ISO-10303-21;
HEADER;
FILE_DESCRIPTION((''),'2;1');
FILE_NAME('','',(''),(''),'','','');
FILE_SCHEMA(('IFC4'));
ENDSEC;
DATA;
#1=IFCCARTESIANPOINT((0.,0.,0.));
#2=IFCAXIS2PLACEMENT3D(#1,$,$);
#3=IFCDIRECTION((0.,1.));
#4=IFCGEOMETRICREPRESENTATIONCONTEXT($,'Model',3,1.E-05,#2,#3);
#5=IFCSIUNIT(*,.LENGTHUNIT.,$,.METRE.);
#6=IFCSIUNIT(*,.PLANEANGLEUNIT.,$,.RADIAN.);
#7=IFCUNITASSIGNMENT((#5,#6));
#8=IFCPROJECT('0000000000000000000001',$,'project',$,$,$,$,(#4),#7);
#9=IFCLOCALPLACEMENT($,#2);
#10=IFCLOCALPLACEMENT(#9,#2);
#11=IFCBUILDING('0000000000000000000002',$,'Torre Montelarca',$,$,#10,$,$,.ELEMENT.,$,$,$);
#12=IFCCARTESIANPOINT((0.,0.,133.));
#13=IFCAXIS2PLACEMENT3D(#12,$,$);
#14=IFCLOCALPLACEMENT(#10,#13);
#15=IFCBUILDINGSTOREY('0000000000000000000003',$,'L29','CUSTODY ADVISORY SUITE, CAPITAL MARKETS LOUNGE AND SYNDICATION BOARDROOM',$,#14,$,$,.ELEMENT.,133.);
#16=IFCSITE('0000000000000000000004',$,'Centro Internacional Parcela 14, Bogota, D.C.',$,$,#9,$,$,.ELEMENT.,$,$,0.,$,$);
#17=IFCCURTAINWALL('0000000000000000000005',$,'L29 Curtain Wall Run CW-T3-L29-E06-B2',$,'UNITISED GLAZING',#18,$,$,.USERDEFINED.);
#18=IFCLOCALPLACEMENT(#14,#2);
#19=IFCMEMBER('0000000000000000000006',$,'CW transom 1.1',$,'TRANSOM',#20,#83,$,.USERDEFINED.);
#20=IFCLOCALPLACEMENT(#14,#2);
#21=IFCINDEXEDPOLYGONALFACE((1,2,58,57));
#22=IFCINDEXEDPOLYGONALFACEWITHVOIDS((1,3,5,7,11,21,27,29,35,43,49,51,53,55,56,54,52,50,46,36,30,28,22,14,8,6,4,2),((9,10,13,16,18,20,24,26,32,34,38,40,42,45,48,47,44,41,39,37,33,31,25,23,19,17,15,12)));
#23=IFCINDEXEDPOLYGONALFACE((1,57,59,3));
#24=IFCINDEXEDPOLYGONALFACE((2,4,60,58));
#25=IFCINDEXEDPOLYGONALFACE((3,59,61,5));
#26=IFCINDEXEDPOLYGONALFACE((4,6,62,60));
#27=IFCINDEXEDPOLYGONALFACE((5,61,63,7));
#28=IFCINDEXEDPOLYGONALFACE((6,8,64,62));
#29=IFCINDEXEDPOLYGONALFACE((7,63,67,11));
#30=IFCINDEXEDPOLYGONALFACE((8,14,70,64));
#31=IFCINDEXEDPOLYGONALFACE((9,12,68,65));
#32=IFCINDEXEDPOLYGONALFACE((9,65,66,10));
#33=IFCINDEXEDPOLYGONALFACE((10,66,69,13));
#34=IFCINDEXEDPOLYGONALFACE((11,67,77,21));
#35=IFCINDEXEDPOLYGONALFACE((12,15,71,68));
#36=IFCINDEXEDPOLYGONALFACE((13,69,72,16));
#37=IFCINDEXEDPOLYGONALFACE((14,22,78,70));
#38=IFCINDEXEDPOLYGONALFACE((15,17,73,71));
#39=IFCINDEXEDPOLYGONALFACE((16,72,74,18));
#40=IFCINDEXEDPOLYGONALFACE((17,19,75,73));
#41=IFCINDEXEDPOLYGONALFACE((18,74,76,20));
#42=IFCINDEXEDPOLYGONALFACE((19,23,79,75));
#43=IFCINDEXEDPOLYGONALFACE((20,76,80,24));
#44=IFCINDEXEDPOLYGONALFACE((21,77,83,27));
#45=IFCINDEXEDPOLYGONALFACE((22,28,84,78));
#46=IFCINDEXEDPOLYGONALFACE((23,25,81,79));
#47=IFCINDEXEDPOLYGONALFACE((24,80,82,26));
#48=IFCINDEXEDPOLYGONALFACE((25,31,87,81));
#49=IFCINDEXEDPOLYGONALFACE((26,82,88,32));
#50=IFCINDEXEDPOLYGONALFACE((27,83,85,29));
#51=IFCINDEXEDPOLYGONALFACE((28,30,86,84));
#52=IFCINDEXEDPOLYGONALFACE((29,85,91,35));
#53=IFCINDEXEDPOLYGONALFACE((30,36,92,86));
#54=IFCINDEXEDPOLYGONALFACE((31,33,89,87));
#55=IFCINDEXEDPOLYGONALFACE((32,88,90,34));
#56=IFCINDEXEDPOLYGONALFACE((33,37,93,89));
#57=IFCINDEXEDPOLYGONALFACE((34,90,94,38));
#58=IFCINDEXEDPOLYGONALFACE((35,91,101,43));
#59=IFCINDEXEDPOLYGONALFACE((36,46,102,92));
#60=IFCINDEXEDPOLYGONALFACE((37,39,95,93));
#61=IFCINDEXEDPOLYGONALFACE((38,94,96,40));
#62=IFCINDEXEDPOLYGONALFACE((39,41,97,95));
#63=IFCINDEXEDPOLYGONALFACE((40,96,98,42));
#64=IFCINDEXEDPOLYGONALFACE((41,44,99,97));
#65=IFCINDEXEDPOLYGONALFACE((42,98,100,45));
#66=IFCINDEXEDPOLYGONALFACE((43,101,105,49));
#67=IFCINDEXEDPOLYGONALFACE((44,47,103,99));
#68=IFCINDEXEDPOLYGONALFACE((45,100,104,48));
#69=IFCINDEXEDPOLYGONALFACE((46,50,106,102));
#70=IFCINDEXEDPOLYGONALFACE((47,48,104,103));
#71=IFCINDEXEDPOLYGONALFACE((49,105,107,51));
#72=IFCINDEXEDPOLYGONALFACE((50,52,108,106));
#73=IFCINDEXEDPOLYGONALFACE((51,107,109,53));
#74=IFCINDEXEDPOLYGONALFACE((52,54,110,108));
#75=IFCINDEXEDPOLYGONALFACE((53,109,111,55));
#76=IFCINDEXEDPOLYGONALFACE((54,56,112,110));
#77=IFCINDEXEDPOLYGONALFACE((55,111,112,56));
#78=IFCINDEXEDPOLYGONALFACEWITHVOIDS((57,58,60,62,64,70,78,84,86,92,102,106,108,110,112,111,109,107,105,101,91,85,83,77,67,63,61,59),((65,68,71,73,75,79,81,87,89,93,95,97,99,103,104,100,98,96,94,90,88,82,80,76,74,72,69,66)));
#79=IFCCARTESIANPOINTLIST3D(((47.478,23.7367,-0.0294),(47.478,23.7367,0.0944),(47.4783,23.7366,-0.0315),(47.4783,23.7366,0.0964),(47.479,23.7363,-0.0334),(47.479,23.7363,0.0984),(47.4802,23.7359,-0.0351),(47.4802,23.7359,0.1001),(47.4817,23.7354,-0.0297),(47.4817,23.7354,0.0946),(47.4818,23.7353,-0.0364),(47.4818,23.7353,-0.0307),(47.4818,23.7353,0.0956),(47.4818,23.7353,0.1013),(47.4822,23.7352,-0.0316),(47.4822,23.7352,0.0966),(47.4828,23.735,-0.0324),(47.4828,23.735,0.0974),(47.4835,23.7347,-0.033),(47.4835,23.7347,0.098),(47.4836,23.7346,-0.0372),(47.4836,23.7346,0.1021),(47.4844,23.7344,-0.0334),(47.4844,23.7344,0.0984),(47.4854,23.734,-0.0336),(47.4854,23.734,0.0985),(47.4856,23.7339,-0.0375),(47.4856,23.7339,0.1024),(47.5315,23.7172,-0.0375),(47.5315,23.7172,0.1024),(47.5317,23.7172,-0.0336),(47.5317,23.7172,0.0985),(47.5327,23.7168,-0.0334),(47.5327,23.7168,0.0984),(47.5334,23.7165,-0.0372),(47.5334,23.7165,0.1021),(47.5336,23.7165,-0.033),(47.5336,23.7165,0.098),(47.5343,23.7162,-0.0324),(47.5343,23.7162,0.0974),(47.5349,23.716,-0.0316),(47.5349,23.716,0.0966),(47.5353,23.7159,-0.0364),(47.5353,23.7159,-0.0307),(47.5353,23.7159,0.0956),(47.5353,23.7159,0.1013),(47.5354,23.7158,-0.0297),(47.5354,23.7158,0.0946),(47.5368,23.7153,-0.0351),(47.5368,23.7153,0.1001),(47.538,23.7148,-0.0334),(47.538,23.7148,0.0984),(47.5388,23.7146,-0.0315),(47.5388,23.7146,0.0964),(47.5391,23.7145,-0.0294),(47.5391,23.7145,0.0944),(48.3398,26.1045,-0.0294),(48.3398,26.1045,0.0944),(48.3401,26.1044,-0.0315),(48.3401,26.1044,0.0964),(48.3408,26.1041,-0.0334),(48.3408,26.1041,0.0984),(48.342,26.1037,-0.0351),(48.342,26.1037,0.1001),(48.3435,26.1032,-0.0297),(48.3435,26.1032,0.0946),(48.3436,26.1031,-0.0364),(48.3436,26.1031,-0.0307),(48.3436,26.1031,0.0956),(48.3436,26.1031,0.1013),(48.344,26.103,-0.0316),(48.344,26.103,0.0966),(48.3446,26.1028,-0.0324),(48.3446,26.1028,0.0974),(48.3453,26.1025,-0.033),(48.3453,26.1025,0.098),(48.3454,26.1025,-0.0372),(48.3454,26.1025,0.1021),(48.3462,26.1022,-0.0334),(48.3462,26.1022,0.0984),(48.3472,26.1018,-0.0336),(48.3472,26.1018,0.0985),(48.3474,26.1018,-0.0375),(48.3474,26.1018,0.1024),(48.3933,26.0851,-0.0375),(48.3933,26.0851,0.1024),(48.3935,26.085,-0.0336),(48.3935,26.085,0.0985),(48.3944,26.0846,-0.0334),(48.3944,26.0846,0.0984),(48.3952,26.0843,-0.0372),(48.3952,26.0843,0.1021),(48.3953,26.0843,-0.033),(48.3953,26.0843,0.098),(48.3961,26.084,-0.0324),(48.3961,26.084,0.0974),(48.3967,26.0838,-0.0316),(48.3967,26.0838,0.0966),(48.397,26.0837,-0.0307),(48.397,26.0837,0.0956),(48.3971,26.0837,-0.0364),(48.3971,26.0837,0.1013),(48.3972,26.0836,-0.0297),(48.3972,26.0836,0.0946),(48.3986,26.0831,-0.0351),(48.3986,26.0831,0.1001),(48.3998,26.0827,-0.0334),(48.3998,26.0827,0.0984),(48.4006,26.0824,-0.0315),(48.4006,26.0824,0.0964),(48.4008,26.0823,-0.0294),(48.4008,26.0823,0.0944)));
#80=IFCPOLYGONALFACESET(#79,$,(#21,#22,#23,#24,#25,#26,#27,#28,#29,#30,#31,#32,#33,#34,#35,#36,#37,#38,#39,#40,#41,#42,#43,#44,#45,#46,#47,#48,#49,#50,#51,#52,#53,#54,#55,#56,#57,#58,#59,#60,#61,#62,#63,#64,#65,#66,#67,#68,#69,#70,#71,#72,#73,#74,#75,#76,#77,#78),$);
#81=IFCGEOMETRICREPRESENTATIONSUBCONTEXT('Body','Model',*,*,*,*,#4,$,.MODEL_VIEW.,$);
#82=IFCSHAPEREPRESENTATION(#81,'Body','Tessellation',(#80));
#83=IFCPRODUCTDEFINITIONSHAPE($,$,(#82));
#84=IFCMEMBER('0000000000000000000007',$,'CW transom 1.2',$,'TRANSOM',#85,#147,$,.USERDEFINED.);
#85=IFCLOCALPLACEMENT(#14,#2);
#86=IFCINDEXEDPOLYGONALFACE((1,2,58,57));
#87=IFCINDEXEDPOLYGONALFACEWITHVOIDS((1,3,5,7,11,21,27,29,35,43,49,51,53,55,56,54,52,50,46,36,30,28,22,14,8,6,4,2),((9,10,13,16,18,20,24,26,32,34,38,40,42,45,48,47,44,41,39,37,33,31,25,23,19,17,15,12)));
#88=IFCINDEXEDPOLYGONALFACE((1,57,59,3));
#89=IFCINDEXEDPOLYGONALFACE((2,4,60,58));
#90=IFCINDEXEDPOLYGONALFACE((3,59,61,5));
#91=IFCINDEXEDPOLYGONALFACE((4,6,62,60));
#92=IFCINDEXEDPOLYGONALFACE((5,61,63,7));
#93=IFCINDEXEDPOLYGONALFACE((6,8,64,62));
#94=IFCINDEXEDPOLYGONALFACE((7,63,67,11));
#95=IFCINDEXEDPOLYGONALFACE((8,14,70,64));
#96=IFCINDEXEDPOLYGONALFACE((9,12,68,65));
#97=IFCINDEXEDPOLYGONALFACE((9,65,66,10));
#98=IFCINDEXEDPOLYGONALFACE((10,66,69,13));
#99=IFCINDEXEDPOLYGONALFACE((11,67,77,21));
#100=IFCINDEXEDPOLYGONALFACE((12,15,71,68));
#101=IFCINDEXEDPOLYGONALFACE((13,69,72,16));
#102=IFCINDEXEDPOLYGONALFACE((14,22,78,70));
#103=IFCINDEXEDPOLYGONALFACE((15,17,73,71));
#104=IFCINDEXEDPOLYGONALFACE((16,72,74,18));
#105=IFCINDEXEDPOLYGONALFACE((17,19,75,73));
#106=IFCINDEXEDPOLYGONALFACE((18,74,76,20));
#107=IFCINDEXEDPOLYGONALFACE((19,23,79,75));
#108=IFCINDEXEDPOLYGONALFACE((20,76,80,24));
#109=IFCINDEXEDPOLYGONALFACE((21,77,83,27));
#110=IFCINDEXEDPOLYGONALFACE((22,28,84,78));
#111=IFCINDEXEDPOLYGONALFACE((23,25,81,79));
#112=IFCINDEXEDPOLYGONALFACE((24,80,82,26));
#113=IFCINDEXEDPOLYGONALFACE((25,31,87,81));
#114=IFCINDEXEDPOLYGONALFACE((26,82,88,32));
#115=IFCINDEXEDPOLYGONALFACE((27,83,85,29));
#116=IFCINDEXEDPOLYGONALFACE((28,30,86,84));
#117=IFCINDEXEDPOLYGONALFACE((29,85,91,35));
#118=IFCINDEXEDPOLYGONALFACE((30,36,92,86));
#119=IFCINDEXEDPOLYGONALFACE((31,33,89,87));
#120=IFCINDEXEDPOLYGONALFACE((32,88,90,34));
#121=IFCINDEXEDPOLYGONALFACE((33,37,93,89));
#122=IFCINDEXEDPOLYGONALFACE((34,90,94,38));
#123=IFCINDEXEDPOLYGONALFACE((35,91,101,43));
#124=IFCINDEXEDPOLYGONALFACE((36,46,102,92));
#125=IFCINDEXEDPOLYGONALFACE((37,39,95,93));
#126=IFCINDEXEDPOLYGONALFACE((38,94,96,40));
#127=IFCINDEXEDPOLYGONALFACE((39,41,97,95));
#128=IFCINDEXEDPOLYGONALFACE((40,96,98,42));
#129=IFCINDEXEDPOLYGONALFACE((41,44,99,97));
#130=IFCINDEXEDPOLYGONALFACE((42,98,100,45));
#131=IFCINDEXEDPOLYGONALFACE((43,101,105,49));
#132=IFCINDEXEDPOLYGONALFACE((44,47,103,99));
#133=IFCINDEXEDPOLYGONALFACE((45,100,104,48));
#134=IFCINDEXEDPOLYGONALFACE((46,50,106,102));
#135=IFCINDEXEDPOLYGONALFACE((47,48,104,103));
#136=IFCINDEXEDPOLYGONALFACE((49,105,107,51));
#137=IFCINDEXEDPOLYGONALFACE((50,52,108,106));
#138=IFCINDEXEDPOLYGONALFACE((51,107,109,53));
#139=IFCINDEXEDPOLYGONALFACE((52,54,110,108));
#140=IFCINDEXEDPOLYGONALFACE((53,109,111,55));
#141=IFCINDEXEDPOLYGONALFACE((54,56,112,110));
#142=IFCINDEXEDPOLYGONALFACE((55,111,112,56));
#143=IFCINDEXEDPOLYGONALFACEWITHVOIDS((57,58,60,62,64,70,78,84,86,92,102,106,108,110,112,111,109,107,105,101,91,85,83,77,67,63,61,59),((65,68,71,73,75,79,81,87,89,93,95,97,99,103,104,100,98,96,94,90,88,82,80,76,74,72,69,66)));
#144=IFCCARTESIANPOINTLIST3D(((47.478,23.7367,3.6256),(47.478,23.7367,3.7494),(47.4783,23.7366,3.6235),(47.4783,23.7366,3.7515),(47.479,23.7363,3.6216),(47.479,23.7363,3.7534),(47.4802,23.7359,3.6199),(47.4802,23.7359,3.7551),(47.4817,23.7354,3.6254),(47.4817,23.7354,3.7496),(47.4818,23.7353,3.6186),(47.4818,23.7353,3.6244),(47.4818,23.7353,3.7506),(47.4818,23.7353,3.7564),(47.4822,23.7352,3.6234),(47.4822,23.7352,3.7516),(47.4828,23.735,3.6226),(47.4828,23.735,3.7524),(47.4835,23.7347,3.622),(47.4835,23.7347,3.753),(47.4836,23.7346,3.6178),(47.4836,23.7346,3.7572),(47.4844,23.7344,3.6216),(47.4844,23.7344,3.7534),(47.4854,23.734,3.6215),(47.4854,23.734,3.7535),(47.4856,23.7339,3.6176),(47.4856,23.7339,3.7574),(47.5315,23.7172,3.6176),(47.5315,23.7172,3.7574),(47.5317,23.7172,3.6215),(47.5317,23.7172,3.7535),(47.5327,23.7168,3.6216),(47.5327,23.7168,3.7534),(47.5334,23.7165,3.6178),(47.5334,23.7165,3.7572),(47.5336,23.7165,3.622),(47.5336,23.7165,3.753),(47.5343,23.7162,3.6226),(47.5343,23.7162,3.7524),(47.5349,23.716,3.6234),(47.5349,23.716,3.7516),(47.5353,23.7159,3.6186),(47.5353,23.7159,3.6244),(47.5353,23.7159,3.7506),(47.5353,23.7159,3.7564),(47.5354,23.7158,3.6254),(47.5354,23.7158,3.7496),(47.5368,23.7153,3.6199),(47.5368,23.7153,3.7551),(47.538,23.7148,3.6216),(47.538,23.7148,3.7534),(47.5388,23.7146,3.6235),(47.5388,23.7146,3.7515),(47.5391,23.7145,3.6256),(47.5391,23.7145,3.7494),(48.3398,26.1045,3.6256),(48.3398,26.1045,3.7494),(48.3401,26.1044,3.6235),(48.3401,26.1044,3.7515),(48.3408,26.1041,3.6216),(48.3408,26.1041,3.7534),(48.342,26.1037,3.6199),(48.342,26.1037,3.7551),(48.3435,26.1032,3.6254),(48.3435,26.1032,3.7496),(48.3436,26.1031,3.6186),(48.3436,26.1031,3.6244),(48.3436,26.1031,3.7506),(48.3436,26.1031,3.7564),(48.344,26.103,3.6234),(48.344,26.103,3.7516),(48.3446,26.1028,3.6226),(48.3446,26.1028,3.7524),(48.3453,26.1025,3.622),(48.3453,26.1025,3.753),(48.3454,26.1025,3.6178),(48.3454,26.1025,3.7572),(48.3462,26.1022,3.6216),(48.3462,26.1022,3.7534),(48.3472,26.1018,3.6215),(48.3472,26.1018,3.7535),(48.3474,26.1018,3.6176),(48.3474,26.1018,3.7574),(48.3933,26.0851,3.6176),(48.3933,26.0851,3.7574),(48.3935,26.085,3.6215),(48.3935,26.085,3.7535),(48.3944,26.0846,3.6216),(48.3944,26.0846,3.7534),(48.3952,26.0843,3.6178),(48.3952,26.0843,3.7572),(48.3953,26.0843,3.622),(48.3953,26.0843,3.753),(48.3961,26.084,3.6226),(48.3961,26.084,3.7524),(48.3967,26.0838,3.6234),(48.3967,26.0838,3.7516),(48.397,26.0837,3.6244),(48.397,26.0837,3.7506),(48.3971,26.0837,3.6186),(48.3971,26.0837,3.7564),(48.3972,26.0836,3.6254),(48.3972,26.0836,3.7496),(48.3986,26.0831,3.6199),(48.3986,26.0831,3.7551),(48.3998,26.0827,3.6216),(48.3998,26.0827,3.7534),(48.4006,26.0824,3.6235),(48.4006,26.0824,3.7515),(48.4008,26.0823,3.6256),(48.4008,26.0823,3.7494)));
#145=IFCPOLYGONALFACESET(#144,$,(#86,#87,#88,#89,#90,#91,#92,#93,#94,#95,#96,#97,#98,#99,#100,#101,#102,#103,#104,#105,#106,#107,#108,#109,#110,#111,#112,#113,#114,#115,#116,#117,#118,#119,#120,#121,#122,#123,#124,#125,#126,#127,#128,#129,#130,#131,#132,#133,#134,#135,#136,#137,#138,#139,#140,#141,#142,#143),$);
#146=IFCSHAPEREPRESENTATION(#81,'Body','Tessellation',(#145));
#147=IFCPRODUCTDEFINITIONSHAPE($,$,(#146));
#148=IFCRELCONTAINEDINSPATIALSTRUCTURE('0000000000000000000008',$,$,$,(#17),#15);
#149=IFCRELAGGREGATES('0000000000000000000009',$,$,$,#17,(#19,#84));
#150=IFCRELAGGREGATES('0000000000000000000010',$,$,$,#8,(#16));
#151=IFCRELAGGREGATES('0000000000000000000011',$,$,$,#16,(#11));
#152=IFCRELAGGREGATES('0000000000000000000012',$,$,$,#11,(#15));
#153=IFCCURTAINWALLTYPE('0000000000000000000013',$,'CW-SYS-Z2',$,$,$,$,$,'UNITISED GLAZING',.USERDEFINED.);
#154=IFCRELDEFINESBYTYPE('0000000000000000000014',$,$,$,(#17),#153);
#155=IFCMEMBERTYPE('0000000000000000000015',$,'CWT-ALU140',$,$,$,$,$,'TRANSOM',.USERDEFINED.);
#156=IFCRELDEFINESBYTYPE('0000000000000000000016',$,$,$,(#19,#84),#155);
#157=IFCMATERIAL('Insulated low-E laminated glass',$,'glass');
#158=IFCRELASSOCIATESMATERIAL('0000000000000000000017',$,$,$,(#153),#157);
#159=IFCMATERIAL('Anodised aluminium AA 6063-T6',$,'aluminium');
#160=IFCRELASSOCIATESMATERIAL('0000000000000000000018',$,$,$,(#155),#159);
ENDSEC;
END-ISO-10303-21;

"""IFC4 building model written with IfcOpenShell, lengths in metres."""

from ifc_helpers import new_model, si_unit, direction, frame, origin, origin_2d, place, context, subcontext, project, spatial, hollow_rectangle, extrude, source, transform, mapped, material, material_profile, profile_set, type_object, element, aggregate, save


model = new_model("IFC4")

# Units and contexts
model_context = context("Model", 3, precision=1e-05, world=origin(), true_north=direction((0.0, 1.0)))
body_context = subcontext(model_context, "Body", "Model", "MODEL_VIEW")
ifc_project = project(units=[si_unit("LENGTHUNIT", "METRE"), si_unit("PLANEANGLEUNIT", "RADIAN")], contexts=[model_context])

# Site, building, storey
site_placement = place(None, origin())
site = spatial("IfcSite", under=ifc_project, at=site_placement, Name="Centro Internacional Parcela 14, Bogota, D.C.", CompositionType="ELEMENT", RefElevation=0.0)
building_placement = place(site_placement, origin())
building = spatial("IfcBuilding", under=site, at=building_placement, Name="Torre Montelarca", CompositionType="ELEMENT")
storey_placement = place(building_placement, frame((0.0, 0.0, 133.0)))
storey = spatial("IfcBuildingStorey", under=building, at=storey_placement, Name="L29", Description="CUSTODY ADVISORY SUITE, CAPITAL MARKETS LOUNGE AND SYNDICATION BOARDROOM", CompositionType="ELEMENT", Elevation=133.0)

# Curtain wall
ifc_material_1 = material(Name="Insulated low-E laminated glass", Category="glass")
curtain_wall_type = type_object("IfcCurtainWallType", Name="CW-SYS-Z2", ElementType="UNITISED GLAZING", PredefinedType="USERDEFINED", material=ifc_material_1)
ifc_material_2 = material(Name="Anodised aluminium AA 6063-T6", Category="aluminium")
ifc_material_profile_1 = material_profile(ifc_material_2, hollow_rectangle(XDim=0.0649, YDim=0.1399, WallThickness=0.0039, InnerFilletRadius=0.0039, OuterFilletRadius=0.0081, at=origin_2d()), Name="ALU65X140X4", Category="aluminium")
ifc_profile_set_1 = profile_set([ifc_material_profile_1], Name="Anodised aluminium AA 6063-T6")
member_type_1 = type_object("IfcMemberType", Name="CWT-ALU140", ElementType="TRANSOM", PredefinedType="USERDEFINED", material=ifc_profile_set_1)
curtain_wall_1_placement = place(storey_placement, origin())
curtain_wall_1 = element("IfcCurtainWall", 1, at=curtain_wall_1_placement, inside=storey, type_object=curtain_wall_type, Name="L29 Curtain Wall Run CW-T3-L29-E06-B2", ObjectType="UNITISED GLAZING", PredefinedType="USERDEFINED")

# Members
shared_shape_1 = source(origin(), body_context, "Body", "SweptSolid", [
    extrude(hollow_rectangle(XDim=0.0649, YDim=0.1399, WallThickness=0.0039, InnerFilletRadius=0.0039, OuterFilletRadius=0.0081, at=origin_2d()), origin(), (0.0, 0.0, 1.0), 2.5198),
])
member_1_placement = place(storey_placement, frame((47.5085, 23.7256, 0.0325), z_axis=(0.342008, 0.939697, 0.0), x_axis=(-0.939697, 0.342008, 0.0)))
member_1 = element("IfcMember", 2, at=member_1_placement, type_object=member_type_1, Name="CW transom 1.1", ObjectType="TRANSOM", PredefinedType="USERDEFINED", context=body_context, shape_type="MappedRepresentation", body=[
    mapped(shared_shape_1, transform((0.0, 0.0, 0.0), scale=1.0)),
])
member_2_placement = place(storey_placement, frame((47.5085, 23.7256, 3.6875), z_axis=(0.342008, 0.939697, 0.0), x_axis=(-0.939697, 0.342008, 0.0)))
member_2 = element("IfcMember", 3, at=member_2_placement, type_object=member_type_1, Name="CW transom 1.2", ObjectType="TRANSOM", PredefinedType="USERDEFINED", context=body_context, shape_type="MappedRepresentation", body=[
    mapped(shared_shape_1, transform((0.0, 0.0, 0.0), scale=1.0)),
])

aggregate(curtain_wall_1, [member_1, member_2])

save(model, "model.ifc")
